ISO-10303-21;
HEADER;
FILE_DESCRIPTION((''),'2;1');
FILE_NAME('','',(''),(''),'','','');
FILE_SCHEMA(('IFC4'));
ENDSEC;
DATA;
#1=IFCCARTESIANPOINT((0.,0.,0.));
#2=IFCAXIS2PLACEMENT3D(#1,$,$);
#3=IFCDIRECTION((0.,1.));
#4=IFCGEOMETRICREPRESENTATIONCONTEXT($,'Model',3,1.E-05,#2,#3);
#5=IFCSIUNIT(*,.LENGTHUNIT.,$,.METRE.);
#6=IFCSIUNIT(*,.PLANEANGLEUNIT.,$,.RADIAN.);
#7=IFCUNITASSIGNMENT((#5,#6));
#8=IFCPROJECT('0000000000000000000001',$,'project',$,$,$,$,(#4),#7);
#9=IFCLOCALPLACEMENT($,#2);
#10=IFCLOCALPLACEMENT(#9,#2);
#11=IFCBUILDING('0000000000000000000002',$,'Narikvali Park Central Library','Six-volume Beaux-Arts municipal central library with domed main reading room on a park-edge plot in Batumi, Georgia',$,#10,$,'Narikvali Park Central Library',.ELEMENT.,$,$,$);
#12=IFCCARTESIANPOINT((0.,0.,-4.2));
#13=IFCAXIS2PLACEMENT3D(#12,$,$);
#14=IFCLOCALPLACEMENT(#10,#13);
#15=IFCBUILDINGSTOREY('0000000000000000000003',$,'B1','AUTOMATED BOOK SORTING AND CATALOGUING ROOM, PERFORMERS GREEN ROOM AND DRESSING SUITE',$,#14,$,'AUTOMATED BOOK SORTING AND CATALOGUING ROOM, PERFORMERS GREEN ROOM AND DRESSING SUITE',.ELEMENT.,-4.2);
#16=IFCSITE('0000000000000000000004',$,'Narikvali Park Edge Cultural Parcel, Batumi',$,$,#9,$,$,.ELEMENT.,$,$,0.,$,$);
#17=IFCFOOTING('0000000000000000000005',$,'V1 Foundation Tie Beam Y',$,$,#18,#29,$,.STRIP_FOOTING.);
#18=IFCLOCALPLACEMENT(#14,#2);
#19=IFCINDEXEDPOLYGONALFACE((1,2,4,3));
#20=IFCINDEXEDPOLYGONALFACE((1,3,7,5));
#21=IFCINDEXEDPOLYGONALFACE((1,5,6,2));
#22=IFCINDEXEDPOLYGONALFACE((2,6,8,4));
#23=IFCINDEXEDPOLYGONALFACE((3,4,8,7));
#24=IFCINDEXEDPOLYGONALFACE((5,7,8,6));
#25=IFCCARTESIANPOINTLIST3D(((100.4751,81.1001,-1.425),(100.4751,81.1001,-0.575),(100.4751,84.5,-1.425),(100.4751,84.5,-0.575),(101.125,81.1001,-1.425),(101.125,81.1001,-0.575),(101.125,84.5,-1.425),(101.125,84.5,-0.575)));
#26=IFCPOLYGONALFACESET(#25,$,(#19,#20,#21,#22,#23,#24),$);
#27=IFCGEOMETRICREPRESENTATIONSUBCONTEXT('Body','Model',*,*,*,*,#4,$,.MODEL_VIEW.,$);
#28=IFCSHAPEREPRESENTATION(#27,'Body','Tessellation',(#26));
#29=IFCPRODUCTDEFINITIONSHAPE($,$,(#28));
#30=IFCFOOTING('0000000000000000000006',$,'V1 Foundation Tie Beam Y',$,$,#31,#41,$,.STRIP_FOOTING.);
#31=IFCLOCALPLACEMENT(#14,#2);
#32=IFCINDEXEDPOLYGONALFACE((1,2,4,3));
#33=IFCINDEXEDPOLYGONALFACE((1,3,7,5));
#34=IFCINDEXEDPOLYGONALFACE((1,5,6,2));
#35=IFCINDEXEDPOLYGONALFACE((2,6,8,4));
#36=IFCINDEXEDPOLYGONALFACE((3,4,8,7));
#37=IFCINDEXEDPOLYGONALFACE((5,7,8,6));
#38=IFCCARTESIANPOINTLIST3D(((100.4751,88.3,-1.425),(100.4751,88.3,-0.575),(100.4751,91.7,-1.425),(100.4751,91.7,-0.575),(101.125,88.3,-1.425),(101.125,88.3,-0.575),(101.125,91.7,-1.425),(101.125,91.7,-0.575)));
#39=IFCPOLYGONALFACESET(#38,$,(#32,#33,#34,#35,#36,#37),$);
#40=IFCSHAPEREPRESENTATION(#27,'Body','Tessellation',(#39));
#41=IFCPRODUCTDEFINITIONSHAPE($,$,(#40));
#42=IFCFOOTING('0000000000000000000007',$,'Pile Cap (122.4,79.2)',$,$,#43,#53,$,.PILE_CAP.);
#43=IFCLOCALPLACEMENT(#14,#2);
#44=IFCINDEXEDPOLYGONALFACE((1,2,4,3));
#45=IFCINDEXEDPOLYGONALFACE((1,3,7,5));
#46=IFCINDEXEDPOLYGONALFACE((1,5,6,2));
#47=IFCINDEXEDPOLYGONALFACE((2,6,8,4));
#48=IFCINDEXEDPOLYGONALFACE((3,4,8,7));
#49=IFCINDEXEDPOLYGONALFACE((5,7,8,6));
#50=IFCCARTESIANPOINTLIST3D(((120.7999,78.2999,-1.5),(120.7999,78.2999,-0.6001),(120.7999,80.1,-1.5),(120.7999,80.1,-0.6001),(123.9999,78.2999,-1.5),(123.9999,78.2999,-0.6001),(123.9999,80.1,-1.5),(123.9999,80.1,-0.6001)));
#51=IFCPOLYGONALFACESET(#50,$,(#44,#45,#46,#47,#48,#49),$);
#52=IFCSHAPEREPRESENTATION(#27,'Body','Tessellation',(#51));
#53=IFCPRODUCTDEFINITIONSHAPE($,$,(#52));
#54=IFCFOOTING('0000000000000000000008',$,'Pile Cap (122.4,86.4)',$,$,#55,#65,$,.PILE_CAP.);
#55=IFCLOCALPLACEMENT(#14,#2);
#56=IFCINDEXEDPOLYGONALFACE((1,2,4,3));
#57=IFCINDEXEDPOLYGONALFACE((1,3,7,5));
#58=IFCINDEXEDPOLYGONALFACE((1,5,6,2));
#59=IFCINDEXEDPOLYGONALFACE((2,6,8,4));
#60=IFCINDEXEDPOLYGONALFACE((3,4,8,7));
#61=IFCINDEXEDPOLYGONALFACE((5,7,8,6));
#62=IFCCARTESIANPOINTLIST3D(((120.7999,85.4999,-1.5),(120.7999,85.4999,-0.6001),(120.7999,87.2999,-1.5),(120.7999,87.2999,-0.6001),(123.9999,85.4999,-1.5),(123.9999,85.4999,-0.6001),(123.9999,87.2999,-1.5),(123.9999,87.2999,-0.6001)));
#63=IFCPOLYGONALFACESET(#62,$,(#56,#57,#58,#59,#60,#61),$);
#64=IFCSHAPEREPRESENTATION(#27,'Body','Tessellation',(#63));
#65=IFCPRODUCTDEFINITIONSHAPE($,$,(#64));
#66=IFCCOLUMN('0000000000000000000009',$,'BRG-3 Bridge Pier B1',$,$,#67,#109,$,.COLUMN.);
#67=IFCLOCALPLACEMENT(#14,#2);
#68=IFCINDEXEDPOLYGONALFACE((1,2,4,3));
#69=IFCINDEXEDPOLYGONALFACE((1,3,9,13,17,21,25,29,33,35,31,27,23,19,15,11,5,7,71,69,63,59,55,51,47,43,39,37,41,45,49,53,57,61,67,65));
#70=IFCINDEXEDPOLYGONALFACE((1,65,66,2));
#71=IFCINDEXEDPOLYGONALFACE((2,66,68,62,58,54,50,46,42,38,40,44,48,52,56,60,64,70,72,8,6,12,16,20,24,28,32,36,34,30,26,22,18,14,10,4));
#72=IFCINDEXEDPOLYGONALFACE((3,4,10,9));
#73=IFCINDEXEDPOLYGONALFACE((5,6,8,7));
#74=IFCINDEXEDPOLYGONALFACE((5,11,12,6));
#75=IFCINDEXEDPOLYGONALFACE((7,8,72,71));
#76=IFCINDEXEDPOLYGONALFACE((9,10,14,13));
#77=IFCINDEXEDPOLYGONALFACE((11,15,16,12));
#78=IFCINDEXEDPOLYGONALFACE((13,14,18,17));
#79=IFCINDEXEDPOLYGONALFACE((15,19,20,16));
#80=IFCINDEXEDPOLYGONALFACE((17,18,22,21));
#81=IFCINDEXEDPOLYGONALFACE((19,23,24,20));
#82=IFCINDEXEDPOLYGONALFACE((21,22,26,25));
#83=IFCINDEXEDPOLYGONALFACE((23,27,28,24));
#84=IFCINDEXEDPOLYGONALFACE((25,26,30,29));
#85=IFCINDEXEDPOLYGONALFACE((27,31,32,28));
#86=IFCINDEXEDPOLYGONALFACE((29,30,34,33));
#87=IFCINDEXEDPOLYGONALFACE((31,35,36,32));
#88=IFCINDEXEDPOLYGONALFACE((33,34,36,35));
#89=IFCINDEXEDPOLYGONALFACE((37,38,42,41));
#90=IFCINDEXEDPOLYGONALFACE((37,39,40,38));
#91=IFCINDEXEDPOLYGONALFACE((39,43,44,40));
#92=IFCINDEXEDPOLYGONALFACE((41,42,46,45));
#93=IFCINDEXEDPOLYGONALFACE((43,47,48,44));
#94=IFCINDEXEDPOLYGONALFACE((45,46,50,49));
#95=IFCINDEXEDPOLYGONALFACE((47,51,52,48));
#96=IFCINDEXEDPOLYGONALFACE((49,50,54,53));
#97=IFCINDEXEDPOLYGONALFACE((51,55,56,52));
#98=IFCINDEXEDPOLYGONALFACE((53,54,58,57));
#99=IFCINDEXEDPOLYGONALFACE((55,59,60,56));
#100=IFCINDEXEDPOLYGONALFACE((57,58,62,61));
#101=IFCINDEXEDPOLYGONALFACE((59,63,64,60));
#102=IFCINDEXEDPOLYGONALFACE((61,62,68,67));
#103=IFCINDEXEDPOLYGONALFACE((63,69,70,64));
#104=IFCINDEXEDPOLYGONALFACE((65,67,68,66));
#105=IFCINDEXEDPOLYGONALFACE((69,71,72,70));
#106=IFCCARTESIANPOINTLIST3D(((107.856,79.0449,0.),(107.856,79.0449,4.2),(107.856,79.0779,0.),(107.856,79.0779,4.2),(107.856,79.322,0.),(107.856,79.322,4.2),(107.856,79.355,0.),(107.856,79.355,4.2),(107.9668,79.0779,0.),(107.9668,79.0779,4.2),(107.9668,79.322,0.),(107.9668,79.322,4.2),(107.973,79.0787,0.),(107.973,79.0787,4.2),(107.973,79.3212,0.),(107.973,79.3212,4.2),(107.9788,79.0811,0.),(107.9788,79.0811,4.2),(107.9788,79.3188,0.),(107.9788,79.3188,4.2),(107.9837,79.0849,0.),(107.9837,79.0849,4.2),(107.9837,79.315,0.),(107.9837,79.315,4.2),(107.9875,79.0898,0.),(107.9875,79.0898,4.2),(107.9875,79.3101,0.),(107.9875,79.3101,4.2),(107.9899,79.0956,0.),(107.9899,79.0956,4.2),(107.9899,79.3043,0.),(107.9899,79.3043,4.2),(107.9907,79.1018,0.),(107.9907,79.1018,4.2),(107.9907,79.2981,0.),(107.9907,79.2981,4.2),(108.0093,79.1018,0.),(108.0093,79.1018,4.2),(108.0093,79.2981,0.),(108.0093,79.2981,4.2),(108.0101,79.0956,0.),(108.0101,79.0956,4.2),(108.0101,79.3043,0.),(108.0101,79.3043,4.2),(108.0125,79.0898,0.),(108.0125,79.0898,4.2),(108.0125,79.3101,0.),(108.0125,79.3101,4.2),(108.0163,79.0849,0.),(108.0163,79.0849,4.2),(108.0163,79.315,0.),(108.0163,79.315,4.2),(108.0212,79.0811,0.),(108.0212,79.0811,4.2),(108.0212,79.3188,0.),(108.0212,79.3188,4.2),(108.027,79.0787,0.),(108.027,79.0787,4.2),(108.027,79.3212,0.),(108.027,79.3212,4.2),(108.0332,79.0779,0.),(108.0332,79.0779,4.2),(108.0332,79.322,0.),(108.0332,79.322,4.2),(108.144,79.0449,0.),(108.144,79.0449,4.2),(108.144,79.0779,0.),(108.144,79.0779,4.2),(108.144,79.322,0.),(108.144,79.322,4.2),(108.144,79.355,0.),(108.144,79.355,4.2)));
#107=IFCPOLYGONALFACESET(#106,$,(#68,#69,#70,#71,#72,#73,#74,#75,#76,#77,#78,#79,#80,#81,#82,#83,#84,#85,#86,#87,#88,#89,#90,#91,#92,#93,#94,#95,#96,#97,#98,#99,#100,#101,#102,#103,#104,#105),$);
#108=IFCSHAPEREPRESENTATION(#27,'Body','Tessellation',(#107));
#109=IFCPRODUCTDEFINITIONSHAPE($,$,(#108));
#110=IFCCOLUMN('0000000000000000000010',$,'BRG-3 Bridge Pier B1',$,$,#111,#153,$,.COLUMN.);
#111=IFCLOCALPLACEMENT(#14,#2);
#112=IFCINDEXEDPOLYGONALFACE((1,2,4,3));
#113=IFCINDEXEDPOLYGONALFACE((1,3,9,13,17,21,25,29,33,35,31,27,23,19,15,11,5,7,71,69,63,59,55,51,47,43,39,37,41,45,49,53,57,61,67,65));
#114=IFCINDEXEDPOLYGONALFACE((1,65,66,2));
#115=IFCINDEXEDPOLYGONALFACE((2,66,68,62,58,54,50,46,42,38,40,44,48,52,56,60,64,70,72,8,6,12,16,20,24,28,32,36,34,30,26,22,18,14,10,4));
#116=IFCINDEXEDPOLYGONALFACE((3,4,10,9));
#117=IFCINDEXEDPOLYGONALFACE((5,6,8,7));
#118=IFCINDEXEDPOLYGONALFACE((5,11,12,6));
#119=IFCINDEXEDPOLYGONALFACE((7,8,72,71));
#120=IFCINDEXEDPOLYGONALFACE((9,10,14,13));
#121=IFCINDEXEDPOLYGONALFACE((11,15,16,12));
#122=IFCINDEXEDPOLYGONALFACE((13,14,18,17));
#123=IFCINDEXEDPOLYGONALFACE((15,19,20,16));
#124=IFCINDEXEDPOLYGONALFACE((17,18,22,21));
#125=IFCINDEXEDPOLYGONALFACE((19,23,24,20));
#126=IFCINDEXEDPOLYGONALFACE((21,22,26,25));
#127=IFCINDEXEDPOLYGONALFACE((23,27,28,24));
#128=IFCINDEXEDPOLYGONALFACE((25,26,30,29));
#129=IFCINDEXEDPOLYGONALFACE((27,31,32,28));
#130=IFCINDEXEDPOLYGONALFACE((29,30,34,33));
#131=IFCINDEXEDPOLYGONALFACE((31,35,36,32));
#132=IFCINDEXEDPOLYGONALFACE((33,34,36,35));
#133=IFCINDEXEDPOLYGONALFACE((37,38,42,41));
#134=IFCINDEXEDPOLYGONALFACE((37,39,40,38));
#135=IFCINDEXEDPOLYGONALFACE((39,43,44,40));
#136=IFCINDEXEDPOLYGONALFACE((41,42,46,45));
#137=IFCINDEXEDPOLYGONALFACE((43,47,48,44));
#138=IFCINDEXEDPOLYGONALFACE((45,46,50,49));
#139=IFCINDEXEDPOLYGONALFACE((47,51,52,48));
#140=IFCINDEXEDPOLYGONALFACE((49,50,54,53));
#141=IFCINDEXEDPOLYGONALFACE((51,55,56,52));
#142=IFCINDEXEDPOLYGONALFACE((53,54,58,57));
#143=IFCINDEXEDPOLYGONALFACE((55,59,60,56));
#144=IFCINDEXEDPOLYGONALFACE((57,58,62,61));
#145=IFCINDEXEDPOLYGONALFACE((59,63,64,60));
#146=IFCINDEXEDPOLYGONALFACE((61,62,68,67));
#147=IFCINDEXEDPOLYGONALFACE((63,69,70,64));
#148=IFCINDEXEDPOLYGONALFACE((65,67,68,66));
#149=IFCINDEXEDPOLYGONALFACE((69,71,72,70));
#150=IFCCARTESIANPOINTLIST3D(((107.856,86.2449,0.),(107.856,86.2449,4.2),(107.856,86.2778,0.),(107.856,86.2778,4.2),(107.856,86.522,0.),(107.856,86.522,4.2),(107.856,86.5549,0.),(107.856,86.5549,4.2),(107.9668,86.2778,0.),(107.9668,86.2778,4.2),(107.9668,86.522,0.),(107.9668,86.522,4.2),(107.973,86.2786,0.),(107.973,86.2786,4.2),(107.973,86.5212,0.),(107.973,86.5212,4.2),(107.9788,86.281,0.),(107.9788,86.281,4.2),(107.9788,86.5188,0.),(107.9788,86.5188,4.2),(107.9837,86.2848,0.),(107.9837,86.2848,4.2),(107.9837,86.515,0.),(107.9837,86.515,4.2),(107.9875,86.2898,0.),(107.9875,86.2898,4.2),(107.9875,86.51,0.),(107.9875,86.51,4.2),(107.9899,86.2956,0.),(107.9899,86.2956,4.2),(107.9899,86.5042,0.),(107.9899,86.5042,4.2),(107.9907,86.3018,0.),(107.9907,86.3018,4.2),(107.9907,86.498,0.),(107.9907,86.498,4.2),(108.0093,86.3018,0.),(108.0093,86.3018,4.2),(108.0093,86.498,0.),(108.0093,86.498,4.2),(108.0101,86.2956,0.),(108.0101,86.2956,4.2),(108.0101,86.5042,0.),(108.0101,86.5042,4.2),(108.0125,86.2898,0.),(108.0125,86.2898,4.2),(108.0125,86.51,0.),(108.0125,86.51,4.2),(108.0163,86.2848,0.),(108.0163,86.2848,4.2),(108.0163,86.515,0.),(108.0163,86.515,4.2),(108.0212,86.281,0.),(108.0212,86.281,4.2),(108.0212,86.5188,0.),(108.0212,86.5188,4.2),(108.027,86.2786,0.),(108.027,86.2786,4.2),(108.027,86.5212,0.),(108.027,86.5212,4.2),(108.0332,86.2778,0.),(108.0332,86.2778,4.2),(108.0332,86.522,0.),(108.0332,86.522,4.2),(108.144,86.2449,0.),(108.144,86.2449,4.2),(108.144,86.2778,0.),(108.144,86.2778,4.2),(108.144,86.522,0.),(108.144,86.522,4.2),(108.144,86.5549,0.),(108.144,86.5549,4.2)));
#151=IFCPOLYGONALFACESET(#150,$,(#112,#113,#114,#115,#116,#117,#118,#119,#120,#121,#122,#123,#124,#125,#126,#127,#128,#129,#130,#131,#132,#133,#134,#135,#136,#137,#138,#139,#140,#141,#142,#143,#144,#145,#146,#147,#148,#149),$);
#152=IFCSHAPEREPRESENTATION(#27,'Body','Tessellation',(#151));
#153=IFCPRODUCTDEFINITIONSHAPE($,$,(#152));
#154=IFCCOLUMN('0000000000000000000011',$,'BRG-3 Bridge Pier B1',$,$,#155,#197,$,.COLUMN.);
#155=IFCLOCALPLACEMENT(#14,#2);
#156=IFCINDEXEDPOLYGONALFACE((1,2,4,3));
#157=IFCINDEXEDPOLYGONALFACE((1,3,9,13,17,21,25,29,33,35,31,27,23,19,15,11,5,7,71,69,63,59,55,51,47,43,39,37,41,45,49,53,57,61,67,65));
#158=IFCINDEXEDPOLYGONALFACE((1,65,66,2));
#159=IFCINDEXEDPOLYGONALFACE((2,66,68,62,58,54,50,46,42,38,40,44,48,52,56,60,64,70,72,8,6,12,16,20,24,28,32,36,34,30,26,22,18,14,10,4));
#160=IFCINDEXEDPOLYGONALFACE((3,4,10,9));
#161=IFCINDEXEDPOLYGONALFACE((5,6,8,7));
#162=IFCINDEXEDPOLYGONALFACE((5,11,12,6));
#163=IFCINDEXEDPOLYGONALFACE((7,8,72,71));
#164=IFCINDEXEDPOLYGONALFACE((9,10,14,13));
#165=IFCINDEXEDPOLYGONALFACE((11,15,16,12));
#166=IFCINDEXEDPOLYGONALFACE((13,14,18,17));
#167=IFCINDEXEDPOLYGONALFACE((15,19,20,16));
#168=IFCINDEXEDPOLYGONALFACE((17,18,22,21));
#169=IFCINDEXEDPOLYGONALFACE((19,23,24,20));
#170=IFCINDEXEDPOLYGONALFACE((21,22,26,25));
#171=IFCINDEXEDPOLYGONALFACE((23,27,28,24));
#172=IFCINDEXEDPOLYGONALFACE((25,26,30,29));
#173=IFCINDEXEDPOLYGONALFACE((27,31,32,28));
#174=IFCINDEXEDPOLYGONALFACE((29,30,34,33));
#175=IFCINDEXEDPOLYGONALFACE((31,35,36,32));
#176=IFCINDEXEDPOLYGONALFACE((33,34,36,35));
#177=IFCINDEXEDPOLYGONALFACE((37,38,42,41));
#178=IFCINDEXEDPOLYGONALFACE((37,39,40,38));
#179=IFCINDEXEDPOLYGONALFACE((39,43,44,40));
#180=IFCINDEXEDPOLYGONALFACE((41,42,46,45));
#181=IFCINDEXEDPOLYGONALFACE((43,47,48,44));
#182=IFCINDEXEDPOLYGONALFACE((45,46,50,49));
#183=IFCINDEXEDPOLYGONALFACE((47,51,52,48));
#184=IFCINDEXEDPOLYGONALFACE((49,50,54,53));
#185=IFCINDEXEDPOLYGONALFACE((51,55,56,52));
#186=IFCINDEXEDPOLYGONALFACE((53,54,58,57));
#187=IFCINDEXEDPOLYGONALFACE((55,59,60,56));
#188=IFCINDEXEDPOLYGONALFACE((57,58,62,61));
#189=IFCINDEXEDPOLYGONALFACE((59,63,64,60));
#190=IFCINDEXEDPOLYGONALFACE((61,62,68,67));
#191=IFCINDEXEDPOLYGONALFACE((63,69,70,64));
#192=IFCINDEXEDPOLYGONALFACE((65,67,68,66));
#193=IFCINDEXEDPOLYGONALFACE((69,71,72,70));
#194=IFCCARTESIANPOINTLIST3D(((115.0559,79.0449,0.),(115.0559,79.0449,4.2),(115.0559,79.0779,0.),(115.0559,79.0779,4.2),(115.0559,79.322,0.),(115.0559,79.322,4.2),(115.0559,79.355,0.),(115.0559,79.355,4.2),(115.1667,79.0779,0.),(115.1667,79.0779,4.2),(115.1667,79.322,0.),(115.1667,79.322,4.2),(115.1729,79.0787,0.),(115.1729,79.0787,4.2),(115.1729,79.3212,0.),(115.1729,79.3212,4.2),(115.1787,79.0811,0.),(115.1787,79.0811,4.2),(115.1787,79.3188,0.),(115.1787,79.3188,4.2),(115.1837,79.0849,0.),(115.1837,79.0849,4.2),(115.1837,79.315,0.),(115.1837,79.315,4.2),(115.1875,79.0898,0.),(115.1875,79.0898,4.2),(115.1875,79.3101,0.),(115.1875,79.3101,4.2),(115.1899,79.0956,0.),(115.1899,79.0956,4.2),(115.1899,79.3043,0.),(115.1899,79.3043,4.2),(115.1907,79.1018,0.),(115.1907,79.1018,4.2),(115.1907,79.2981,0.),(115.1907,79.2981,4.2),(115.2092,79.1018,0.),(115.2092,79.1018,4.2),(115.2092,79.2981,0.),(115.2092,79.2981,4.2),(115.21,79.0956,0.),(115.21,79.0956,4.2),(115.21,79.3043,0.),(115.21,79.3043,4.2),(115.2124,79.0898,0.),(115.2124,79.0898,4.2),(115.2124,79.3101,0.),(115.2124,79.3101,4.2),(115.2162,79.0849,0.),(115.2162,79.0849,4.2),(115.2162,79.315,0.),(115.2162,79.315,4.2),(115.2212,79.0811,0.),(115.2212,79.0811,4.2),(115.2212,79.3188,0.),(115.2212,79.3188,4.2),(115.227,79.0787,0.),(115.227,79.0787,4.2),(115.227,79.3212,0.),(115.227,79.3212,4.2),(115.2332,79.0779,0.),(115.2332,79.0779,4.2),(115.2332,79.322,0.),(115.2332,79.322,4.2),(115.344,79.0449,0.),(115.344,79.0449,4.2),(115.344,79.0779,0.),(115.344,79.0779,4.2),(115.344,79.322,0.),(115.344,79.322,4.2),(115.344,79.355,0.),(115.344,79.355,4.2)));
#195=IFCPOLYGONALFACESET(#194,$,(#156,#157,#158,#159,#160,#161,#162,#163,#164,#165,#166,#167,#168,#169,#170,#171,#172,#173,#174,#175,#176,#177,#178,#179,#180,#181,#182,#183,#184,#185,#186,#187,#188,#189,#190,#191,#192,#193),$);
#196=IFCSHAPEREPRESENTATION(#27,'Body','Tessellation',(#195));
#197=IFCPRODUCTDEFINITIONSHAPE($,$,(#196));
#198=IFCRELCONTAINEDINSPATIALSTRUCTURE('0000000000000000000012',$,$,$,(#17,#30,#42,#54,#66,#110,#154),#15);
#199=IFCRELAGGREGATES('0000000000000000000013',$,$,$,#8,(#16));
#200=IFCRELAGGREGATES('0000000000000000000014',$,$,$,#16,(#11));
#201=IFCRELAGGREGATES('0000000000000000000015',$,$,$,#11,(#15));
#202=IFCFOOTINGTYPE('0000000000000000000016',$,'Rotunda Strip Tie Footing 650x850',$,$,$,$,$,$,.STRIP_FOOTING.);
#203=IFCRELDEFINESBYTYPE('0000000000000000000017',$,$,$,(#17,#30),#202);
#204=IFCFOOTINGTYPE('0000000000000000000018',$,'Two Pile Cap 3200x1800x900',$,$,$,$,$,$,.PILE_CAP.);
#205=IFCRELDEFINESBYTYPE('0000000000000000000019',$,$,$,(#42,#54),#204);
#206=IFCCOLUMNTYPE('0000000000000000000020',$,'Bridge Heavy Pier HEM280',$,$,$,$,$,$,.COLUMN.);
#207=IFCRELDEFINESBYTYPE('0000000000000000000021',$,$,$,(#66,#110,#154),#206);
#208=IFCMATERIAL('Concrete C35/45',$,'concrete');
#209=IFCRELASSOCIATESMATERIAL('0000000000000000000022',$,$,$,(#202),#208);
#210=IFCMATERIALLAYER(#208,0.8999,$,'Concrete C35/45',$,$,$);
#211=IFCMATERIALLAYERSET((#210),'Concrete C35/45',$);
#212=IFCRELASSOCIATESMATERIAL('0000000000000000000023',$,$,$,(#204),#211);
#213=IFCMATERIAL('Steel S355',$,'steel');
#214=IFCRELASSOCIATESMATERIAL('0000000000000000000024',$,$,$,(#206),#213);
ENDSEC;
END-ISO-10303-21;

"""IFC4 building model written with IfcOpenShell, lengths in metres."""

from ifc_helpers import new_model, si_unit, direction, frame, origin, origin_2d, place, context, subcontext, project, spatial, rectangle, i_section, extrude, material, layer, layer_set, material_profile, profile_set, type_object, element, save


model = new_model("IFC4")

# Units and contexts
model_context = context("Model", 3, precision=1e-05, world=origin(), true_north=direction((0.0, 1.0)))
body_context = subcontext(model_context, "Body", "Model", "MODEL_VIEW")
ifc_project = project(units=[si_unit("LENGTHUNIT", "METRE"), si_unit("PLANEANGLEUNIT", "RADIAN")], contexts=[model_context])

# Site, building, storey
site_placement = place(None, origin())
site = spatial("IfcSite", under=ifc_project, at=site_placement, Name="Narikvali Park Edge Cultural Parcel, Batumi", CompositionType="ELEMENT", RefElevation=0.0)
building_placement = place(site_placement, origin())
building = spatial("IfcBuilding", under=site, at=building_placement, Name="Narikvali Park Central Library", Description="Six-volume Beaux-Arts municipal central library with domed main reading room on a park-edge plot in Batumi, Georgia", LongName="Narikvali Park Central Library", CompositionType="ELEMENT")
storey_placement = place(building_placement, frame((0.0, 0.0, -4.2)))
storey = spatial("IfcBuildingStorey", under=building, at=storey_placement, Name="B1", Description="AUTOMATED BOOK SORTING AND CATALOGUING ROOM, PERFORMERS GREEN ROOM AND DRESSING SUITE", LongName="AUTOMATED BOOK SORTING AND CATALOGUING ROOM, PERFORMERS GREEN ROOM AND DRESSING SUITE", CompositionType="ELEMENT", Elevation=-4.2)

# Shared definitions
ifc_material_1 = material(Name="Concrete C35/45", Category="concrete")

# Footings
ifc_material_profile_1 = material_profile(ifc_material_1, rectangle(XDim=0.6499, YDim=0.8501, at=origin_2d()), Name="RC GB 650x850")
ifc_profile_set_1 = profile_set([ifc_material_profile_1], Name="Concrete C35/45")
footing_type_1 = type_object("IfcFootingType", Name="Rotunda Strip Tie Footing 650x850", PredefinedType="STRIP_FOOTING", material=ifc_profile_set_1)
for number, where, z_axis, x_axis, name in (
    (1, (100.8, 81.1001, -1.0), (0.0, 1.0, 0.0), (-1.0, 0.0, 0.0), "V1 Foundation Tie Beam Y"),
    (2, (100.8, 88.3, -1.0), (0.0, 1.0, 0.0), (-1.0, 0.0, 0.0), "V1 Foundation Tie Beam Y"),
):
    element("IfcFooting", number, at=place(storey_placement, frame(where, z_axis=z_axis, x_axis=x_axis)), inside=storey, type_object=footing_type_1, Name=name, PredefinedType="STRIP_FOOTING", context=body_context, shape_type="SweptSolid", body=[
        extrude(rectangle(XDim=0.6499, YDim=0.8501, at=origin_2d()), origin(), (0.0, 0.0, 1.0), 3.3999),
    ])
ifc_layer_1 = layer(ifc_material_1, 0.8999, Name="Concrete C35/45")
ifc_layer_set_1 = layer_set([ifc_layer_1], Name="Concrete C35/45")
footing_type_2 = type_object("IfcFootingType", Name="Two Pile Cap 3200x1800x900", PredefinedType="PILE_CAP", material=ifc_layer_set_1)
for number, where, z_axis, x_axis, name in (
    (3, (122.3999, 79.2, -1.5), (0.0, 0.0, 1.0), (1.0, 0.0, 0.0), "Pile Cap (122.4,79.2)"),
    (4, (122.3999, 86.3999, -1.5), (0.0, 0.0, 1.0), (1.0, 0.0, 0.0), "Pile Cap (122.4,86.4)"),
):
    element("IfcFooting", number, at=place(storey_placement, frame(where, z_axis=z_axis, x_axis=x_axis)), inside=storey, type_object=footing_type_2, Name=name, PredefinedType="PILE_CAP", context=body_context, shape_type="SweptSolid", body=[
        extrude(rectangle(XDim=3.2, YDim=1.8, at=origin_2d()), origin(), (0.0, 0.0, 1.0), 0.8999),
    ])

# Columns
ifc_material_2 = material(Name="Steel S355", Category="steel")
ifc_material_profile_2 = material_profile(ifc_material_2, i_section(OverallWidth=0.2881, OverallDepth=0.3101, WebThickness=0.0186, FlangeThickness=0.033, FilletRadius=0.0239, at=origin_2d()), Name="HEM 280")
ifc_profile_set_2 = profile_set([ifc_material_profile_2], Name="Steel S355")
column_type_1 = type_object("IfcColumnType", Name="Bridge Heavy Pier HEM280", PredefinedType="COLUMN", material=ifc_profile_set_2)
for number, where, z_axis, x_axis, name in (
    (5, (108.0, 79.2, 0.0), (0.0, 0.0, 1.0), (1.0, 0.0, 0.0), "BRG-3 Bridge Pier B1"),
    (6, (108.0, 86.3999, 0.0), (0.0, 0.0, 1.0), (1.0, 0.0, 0.0), "BRG-3 Bridge Pier B1"),
    (7, (115.2, 79.2, 0.0), (0.0, 0.0, 1.0), (1.0, 0.0, 0.0), "BRG-3 Bridge Pier B1"),
):
    element("IfcColumn", number, at=place(storey_placement, frame(where, z_axis=z_axis, x_axis=x_axis)), inside=storey, type_object=column_type_1, Name=name, PredefinedType="COLUMN", context=body_context, shape_type="SweptSolid", body=[
        extrude(i_section(OverallWidth=0.2881, OverallDepth=0.3101, WebThickness=0.0186, FlangeThickness=0.033, FilletRadius=0.0239, at=origin_2d()), origin(), (0.0, 0.0, 1.0), 4.2),
    ])

save(model, "model.ifc")
